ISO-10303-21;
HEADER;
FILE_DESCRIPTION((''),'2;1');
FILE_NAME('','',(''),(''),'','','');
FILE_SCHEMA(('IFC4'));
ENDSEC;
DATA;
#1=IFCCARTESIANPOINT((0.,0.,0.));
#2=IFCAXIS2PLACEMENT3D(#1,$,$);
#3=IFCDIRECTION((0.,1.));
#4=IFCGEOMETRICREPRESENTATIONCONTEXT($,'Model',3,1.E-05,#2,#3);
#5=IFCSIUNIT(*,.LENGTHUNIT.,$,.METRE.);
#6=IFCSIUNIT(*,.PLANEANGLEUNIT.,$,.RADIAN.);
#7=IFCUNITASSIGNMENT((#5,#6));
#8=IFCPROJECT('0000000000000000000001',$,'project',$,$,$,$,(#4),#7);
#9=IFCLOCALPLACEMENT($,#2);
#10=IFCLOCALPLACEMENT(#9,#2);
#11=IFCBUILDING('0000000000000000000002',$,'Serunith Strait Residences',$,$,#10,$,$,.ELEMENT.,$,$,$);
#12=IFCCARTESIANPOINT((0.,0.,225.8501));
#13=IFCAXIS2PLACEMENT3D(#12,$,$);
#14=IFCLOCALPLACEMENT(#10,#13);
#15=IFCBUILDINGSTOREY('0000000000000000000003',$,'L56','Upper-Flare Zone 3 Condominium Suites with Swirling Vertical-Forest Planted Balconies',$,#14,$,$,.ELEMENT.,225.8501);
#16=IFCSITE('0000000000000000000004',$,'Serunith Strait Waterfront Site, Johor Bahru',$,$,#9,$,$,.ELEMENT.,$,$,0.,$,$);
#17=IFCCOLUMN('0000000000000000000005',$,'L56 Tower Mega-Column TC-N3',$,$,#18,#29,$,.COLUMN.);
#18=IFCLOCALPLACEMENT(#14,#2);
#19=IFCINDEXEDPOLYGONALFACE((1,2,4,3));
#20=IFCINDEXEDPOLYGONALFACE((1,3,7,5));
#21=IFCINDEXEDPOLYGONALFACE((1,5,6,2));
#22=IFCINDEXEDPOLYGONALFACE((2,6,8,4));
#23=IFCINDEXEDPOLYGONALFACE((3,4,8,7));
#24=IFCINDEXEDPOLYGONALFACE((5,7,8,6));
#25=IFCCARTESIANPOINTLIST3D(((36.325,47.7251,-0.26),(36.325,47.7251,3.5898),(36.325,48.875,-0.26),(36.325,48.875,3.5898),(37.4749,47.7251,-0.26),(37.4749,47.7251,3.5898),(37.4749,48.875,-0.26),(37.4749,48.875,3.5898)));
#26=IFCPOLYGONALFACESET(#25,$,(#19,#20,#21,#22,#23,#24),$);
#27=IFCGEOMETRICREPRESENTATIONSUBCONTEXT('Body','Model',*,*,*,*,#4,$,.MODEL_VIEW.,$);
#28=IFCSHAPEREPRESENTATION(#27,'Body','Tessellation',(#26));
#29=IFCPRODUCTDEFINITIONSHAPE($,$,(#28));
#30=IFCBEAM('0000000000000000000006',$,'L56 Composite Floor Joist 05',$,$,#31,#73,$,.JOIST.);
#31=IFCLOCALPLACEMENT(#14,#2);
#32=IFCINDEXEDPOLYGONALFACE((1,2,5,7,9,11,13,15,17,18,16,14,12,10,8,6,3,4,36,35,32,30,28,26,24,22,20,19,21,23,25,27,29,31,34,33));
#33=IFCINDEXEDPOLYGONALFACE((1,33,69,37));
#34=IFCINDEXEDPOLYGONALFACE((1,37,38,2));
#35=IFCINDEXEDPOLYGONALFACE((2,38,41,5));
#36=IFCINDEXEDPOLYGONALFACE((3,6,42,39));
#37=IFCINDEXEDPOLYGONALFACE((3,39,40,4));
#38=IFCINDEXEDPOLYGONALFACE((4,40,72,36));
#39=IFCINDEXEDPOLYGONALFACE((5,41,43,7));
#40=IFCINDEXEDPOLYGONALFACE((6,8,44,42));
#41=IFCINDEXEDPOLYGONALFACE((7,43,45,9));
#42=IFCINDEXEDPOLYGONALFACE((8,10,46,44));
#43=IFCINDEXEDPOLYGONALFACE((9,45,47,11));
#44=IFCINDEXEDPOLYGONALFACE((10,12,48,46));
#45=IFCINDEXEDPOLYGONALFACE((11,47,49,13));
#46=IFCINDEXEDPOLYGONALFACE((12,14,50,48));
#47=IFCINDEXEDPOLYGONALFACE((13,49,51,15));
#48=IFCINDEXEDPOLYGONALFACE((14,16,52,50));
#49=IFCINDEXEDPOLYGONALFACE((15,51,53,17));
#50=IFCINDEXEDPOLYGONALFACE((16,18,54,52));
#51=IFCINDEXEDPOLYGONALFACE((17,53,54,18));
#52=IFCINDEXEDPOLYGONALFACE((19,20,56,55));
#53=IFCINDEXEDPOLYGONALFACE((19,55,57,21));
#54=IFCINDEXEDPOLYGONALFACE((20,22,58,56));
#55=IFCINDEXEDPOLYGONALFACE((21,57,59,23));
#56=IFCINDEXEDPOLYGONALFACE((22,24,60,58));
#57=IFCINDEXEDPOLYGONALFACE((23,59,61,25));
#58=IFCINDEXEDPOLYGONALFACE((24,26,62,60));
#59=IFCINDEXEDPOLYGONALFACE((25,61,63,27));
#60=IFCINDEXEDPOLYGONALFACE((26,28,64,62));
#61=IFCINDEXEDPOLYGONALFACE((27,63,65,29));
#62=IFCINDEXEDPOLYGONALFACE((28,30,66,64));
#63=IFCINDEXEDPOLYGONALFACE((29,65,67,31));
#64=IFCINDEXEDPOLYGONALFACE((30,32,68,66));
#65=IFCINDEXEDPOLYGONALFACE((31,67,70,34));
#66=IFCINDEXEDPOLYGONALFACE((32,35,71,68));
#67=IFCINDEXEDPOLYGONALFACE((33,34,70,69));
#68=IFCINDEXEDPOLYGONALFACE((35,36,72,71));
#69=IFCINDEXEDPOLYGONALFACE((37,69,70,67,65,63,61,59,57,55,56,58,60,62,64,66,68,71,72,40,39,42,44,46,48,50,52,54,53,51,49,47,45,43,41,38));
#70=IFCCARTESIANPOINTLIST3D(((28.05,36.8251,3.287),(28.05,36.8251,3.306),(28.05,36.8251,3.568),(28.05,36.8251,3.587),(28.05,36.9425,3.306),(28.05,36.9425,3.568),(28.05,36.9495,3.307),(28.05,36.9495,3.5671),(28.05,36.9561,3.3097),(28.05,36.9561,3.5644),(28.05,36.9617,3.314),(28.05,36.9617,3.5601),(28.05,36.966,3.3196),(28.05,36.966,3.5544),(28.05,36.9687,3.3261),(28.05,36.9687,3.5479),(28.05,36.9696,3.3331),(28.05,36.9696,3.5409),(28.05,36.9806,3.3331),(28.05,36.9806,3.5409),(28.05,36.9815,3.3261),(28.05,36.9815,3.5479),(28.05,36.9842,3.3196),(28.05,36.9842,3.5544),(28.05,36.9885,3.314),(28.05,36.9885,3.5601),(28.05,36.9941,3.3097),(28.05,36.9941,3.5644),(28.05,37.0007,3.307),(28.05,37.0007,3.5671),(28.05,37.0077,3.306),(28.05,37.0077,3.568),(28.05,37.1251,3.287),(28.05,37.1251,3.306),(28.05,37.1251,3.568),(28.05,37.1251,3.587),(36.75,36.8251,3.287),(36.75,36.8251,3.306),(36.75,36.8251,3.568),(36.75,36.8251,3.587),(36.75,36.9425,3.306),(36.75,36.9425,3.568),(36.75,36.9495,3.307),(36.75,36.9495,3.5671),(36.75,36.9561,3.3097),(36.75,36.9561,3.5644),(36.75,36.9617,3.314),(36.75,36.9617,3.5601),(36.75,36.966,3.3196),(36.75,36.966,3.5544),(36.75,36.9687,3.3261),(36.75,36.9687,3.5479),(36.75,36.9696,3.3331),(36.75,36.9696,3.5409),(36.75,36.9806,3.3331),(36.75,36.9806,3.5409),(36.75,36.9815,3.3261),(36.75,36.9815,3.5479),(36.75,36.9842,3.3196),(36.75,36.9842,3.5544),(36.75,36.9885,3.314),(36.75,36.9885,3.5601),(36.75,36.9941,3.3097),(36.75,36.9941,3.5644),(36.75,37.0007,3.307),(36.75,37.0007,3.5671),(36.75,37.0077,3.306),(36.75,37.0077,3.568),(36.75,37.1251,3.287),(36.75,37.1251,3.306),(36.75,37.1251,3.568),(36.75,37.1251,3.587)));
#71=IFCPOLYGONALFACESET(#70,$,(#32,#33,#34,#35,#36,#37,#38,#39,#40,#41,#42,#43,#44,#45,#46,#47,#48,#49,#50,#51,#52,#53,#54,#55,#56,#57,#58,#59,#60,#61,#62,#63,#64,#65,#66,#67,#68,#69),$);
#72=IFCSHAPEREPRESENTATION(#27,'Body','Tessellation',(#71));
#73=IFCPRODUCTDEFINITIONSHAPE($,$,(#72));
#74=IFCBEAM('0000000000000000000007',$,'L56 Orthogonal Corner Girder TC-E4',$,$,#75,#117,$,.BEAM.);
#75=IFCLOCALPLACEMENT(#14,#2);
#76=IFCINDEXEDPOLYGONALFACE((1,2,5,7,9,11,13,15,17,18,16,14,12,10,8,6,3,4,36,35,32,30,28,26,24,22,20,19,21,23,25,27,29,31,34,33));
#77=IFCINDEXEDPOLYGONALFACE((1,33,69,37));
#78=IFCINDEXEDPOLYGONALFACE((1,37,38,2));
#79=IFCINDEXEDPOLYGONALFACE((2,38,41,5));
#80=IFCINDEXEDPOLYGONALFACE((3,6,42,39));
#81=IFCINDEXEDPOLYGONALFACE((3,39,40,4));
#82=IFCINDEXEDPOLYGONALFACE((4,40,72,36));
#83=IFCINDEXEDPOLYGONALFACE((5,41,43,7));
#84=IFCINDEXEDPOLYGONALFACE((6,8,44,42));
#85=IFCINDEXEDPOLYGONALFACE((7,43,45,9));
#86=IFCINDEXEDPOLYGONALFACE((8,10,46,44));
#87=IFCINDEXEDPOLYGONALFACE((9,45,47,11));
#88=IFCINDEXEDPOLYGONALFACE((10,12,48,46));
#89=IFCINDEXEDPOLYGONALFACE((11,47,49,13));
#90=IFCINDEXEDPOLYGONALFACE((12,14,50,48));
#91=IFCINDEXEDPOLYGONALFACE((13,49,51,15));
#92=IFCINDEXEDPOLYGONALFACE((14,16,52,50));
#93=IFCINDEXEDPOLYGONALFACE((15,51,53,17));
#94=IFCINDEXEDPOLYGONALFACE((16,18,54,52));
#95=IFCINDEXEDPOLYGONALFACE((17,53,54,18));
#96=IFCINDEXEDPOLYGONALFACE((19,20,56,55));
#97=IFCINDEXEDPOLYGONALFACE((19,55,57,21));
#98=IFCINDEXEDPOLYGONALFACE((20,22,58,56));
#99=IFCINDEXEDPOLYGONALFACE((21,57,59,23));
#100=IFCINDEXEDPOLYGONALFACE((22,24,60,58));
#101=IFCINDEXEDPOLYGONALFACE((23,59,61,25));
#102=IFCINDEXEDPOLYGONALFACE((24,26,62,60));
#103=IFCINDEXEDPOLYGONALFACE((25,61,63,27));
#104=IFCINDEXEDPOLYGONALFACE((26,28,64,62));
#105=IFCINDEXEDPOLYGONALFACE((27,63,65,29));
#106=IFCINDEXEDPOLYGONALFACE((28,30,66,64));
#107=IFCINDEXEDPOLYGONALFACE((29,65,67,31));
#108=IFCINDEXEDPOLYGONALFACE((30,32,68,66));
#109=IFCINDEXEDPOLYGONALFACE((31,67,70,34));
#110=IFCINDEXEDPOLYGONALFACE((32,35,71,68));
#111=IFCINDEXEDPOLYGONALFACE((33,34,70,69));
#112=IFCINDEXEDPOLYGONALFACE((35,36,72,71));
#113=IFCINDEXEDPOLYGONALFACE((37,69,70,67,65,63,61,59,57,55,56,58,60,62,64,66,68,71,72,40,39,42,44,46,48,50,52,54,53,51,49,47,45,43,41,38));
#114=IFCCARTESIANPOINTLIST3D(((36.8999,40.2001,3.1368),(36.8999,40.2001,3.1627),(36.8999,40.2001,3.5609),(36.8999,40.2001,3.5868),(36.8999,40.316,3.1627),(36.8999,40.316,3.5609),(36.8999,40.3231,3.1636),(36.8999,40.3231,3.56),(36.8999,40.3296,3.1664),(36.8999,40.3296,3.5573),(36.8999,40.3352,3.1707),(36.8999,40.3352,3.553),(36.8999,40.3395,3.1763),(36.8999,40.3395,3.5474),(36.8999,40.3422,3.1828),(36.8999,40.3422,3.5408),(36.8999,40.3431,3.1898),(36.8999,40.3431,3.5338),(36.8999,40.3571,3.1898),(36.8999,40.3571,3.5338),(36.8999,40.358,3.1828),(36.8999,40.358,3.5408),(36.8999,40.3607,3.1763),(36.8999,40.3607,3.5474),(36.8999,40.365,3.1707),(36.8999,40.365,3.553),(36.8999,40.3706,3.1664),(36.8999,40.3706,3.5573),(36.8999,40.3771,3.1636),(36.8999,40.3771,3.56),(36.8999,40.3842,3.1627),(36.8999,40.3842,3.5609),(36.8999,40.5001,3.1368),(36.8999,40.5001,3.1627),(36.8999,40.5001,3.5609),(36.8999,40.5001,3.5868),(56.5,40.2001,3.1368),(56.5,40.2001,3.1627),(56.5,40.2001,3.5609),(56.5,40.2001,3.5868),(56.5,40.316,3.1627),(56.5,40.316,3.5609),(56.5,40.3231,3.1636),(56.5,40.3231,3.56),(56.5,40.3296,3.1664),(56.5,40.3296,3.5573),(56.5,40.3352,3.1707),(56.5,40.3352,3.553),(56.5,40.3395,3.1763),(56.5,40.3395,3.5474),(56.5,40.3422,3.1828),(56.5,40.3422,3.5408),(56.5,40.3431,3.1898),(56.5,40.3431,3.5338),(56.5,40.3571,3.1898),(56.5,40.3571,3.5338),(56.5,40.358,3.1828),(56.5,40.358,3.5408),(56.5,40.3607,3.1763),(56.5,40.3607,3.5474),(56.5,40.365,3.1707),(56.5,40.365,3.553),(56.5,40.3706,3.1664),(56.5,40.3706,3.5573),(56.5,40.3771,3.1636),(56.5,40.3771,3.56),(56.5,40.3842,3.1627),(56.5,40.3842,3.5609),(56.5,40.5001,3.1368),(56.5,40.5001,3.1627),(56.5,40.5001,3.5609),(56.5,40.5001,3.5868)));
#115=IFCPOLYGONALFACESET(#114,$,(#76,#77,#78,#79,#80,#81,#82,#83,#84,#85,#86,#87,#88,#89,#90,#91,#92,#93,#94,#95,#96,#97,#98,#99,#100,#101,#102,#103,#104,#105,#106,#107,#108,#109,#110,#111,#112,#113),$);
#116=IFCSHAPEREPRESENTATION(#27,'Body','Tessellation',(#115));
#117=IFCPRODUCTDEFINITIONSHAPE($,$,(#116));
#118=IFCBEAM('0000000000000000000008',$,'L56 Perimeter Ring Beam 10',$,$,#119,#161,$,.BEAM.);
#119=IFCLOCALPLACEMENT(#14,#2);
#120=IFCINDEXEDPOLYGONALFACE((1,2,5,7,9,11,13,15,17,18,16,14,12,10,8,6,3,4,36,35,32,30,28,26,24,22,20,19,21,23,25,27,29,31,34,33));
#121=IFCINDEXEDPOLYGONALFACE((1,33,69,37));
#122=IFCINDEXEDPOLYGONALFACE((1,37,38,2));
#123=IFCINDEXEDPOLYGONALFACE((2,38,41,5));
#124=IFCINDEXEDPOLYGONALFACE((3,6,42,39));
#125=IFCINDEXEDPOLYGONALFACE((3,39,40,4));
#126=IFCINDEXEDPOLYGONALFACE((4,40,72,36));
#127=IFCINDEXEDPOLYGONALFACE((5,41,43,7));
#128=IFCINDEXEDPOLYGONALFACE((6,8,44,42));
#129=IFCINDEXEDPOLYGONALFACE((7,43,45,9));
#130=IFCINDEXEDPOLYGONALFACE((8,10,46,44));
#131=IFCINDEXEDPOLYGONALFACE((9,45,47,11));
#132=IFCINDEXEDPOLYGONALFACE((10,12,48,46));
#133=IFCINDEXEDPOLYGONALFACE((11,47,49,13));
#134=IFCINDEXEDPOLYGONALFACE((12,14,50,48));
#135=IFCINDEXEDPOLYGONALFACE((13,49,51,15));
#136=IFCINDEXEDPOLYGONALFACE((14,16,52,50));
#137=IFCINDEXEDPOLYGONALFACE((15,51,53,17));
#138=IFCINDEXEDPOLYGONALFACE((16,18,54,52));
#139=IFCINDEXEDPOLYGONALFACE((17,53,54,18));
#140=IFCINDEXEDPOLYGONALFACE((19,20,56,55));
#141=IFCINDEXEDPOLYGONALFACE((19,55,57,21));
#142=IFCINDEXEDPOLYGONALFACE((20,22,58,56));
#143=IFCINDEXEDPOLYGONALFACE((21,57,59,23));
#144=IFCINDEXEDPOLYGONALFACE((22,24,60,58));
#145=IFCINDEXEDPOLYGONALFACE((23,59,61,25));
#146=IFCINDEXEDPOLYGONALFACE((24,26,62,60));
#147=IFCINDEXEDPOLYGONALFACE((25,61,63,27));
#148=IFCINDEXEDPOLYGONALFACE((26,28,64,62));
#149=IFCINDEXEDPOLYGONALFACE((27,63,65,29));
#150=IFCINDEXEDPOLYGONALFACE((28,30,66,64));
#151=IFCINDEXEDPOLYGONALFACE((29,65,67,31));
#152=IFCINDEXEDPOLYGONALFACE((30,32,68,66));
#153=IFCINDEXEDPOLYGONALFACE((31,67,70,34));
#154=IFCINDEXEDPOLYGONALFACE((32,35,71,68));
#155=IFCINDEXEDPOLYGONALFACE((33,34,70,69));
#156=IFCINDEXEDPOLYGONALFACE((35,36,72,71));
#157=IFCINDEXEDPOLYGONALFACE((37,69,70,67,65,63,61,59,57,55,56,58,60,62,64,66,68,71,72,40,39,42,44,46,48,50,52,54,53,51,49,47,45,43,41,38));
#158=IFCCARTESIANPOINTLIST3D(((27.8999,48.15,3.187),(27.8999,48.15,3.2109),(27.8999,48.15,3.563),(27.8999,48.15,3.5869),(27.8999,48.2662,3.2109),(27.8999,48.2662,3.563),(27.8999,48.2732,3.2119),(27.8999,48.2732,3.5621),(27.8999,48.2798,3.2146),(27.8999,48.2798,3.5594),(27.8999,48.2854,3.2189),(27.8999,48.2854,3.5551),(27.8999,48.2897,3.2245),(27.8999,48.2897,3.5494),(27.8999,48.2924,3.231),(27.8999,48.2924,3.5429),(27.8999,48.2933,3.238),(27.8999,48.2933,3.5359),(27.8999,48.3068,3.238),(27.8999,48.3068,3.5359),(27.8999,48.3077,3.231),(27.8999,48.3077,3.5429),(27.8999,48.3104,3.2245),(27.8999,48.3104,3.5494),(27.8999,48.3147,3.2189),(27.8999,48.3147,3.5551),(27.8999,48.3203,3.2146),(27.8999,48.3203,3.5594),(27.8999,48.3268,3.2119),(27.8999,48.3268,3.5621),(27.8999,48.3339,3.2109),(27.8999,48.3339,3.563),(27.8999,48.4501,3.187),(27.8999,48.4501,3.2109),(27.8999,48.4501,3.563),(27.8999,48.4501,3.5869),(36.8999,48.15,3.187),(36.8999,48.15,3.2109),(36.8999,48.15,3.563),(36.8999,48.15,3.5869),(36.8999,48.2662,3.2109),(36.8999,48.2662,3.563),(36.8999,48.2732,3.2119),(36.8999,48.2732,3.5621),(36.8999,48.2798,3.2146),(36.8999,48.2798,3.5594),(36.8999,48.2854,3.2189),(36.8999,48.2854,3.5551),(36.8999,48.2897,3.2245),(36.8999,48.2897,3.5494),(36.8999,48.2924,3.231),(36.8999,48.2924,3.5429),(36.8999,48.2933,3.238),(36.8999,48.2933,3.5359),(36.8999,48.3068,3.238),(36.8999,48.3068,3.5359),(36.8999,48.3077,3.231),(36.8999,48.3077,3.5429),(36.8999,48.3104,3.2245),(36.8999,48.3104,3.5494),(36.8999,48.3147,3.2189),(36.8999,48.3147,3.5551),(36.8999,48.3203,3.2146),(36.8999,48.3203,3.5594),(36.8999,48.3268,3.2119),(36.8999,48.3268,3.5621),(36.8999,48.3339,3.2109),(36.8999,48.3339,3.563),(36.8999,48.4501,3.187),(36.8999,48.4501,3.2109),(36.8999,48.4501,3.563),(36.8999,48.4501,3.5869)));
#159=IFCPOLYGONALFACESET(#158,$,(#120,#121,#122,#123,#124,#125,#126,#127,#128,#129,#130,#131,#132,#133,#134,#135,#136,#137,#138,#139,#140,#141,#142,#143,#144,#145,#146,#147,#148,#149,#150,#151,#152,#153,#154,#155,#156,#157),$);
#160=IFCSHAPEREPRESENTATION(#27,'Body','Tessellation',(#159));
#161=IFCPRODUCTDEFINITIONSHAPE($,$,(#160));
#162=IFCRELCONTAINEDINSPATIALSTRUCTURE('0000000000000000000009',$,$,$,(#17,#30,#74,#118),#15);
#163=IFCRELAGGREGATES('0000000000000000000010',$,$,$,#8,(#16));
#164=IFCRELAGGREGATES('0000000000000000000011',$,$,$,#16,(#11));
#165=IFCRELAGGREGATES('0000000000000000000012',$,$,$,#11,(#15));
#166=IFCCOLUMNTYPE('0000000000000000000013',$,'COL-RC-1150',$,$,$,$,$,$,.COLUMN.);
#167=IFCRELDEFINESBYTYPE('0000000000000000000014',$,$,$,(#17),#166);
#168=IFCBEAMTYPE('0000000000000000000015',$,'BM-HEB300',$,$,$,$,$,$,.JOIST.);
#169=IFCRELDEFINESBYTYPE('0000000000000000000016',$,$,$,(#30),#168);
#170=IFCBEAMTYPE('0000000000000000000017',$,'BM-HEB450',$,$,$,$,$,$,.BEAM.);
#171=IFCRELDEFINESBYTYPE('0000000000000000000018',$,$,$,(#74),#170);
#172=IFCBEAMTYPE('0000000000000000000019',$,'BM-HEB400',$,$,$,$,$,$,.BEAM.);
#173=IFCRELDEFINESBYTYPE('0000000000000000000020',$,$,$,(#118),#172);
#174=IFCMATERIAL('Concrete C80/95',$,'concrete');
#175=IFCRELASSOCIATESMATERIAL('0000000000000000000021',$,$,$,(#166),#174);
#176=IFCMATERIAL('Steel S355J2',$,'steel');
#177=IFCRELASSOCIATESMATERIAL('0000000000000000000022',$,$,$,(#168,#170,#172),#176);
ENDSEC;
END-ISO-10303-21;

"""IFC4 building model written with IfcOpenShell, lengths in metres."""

from ifc_helpers import new_model, si_unit, direction, frame, origin, origin_2d, place, context, subcontext, project, spatial, rectangle, i_section, extrude, source, transform, mapped, material, material_profile, profile_set, type_object, element, save


model = new_model("IFC4")

# Units and contexts
model_context = context("Model", 3, precision=1e-05, world=origin(), true_north=direction((0.0, 1.0)))
body_context = subcontext(model_context, "Body", "Model", "MODEL_VIEW")
ifc_project = project(units=[si_unit("LENGTHUNIT", "METRE"), si_unit("PLANEANGLEUNIT", "RADIAN")], contexts=[model_context])

# Site, building, storey
site_placement = place(None, origin())
site = spatial("IfcSite", under=ifc_project, at=site_placement, Name="Serunith Strait Waterfront Site, Johor Bahru", CompositionType="ELEMENT", RefElevation=0.0)
building_placement = place(site_placement, origin())
building = spatial("IfcBuilding", under=site, at=building_placement, Name="Serunith Strait Residences", CompositionType="ELEMENT")
storey_placement = place(building_placement, frame((0.0, 0.0, 225.8501)))
storey = spatial("IfcBuildingStorey", under=building, at=storey_placement, Name="L56", Description="Upper-Flare Zone 3 Condominium Suites with Swirling Vertical-Forest Planted Balconies", CompositionType="ELEMENT", Elevation=225.8501)

# Column
ifc_material_1 = material(Name="Concrete C80/95", Category="concrete")
ifc_material_profile_1 = material_profile(ifc_material_1, rectangle(XDim=1.1499, YDim=1.1499, at=origin_2d()), Name="RC 1150x1150")
ifc_profile_set_1 = profile_set([ifc_material_profile_1], Name="Concrete C80/95")
column_type = type_object("IfcColumnType", Name="COL-RC-1150", PredefinedType="COLUMN", material=ifc_profile_set_1)
shared_shape_1 = source(origin(), body_context, "Body", "SweptSolid", [
    extrude(rectangle(XDim=1.1499, YDim=1.1499, at=origin_2d()), origin(), (0.0, 0.0, 1.0), 3.8499),
])
column_placement = place(storey_placement, frame((36.8999, 48.3, -0.26), z_axis=(0.0, 0.0, 1.0), x_axis=(1.0, 0.0, 0.0)))
element("IfcColumn", 1, at=column_placement, inside=storey, type_object=column_type, Name="L56 Tower Mega-Column TC-N3", PredefinedType="COLUMN", context=body_context, shape_type="MappedRepresentation", body=[
    mapped(shared_shape_1, transform((0.0, 0.0, 0.0), scale=1.0)),
])

# Beams
ifc_material_2 = material(Name="Steel S355J2", Category="steel")
ifc_material_profile_2 = material_profile(ifc_material_2, i_section(OverallWidth=0.3, OverallDepth=0.3, WebThickness=0.011, FlangeThickness=0.019, FilletRadius=0.0271, at=origin_2d()), Name="HEB 300")
ifc_profile_set_2 = profile_set([ifc_material_profile_2], Name="Steel S355J2")
beam_type_1 = type_object("IfcBeamType", Name="BM-HEB300", PredefinedType="JOIST", material=ifc_profile_set_2)
shared_shape_2 = source(origin(), body_context, "Body", "SweptSolid", [
    extrude(i_section(OverallWidth=0.3, OverallDepth=0.3, WebThickness=0.011, FlangeThickness=0.019, FilletRadius=0.0271, at=origin_2d()), origin(), (0.0, 0.0, 1.0), 8.7),
])
beam_1_placement = place(storey_placement, frame((28.05, 36.9751, 3.437), z_axis=(1.0, 0.0, 0.0), x_axis=(0.0, 1.0, 0.0)))
element("IfcBeam", 2, at=beam_1_placement, inside=storey, type_object=beam_type_1, Name="L56 Composite Floor Joist 05", PredefinedType="JOIST", context=body_context, shape_type="MappedRepresentation", body=[
    mapped(shared_shape_2, transform((0.0, 0.0, 0.0), scale=1.0)),
])
ifc_material_profile_3 = material_profile(ifc_material_2, i_section(OverallWidth=0.3, OverallDepth=0.45, WebThickness=0.0139, FlangeThickness=0.0259, FilletRadius=0.0271, at=origin_2d()), Name="HEB 450")
ifc_profile_set_3 = profile_set([ifc_material_profile_3], Name="Steel S355J2")
beam_type_2 = type_object("IfcBeamType", Name="BM-HEB450", PredefinedType="BEAM", material=ifc_profile_set_3)
shared_shape_3 = source(origin(), body_context, "Body", "SweptSolid", [
    extrude(i_section(OverallWidth=0.3, OverallDepth=0.45, WebThickness=0.0139, FlangeThickness=0.0259, FilletRadius=0.0271, at=origin_2d()), origin(), (0.0, 0.0, 1.0), 19.6001),
])
beam_2_placement = place(storey_placement, frame((36.8999, 40.3501, 3.3618), z_axis=(1.0, 0.0, 0.0), x_axis=(0.0, 1.0, 0.0)))
element("IfcBeam", 3, at=beam_2_placement, inside=storey, type_object=beam_type_2, Name="L56 Orthogonal Corner Girder TC-E4", PredefinedType="BEAM", context=body_context, shape_type="MappedRepresentation", body=[
    mapped(shared_shape_3, transform((0.0, 0.0, 0.0), scale=1.0)),
])
ifc_material_profile_4 = material_profile(ifc_material_2, i_section(OverallWidth=0.3, OverallDepth=0.3999, WebThickness=0.0134, FlangeThickness=0.0239, FilletRadius=0.0271, at=origin_2d()), Name="HEB 400")
ifc_profile_set_4 = profile_set([ifc_material_profile_4], Name="Steel S355J2")
beam_type_3 = type_object("IfcBeamType", Name="BM-HEB400", PredefinedType="BEAM", material=ifc_profile_set_4)
shared_shape_4 = source(origin(), body_context, "Body", "SweptSolid", [
    extrude(i_section(OverallWidth=0.3, OverallDepth=0.3999, WebThickness=0.0134, FlangeThickness=0.0239, FilletRadius=0.0271, at=origin_2d()), origin(), (0.0, 0.0, 1.0), 9.0),
])
beam_3_placement = place(storey_placement, frame((36.8999, 48.3, 3.387), z_axis=(-1.0, 0.0, 0.0), x_axis=(0.0, -1.0, 0.0)))
element("IfcBeam", 4, at=beam_3_placement, inside=storey, type_object=beam_type_3, Name="L56 Perimeter Ring Beam 10", PredefinedType="BEAM", context=body_context, shape_type="MappedRepresentation", body=[
    mapped(shared_shape_4, transform((0.0, 0.0, 0.0), scale=1.0)),
])

save(model, "model.ifc")
